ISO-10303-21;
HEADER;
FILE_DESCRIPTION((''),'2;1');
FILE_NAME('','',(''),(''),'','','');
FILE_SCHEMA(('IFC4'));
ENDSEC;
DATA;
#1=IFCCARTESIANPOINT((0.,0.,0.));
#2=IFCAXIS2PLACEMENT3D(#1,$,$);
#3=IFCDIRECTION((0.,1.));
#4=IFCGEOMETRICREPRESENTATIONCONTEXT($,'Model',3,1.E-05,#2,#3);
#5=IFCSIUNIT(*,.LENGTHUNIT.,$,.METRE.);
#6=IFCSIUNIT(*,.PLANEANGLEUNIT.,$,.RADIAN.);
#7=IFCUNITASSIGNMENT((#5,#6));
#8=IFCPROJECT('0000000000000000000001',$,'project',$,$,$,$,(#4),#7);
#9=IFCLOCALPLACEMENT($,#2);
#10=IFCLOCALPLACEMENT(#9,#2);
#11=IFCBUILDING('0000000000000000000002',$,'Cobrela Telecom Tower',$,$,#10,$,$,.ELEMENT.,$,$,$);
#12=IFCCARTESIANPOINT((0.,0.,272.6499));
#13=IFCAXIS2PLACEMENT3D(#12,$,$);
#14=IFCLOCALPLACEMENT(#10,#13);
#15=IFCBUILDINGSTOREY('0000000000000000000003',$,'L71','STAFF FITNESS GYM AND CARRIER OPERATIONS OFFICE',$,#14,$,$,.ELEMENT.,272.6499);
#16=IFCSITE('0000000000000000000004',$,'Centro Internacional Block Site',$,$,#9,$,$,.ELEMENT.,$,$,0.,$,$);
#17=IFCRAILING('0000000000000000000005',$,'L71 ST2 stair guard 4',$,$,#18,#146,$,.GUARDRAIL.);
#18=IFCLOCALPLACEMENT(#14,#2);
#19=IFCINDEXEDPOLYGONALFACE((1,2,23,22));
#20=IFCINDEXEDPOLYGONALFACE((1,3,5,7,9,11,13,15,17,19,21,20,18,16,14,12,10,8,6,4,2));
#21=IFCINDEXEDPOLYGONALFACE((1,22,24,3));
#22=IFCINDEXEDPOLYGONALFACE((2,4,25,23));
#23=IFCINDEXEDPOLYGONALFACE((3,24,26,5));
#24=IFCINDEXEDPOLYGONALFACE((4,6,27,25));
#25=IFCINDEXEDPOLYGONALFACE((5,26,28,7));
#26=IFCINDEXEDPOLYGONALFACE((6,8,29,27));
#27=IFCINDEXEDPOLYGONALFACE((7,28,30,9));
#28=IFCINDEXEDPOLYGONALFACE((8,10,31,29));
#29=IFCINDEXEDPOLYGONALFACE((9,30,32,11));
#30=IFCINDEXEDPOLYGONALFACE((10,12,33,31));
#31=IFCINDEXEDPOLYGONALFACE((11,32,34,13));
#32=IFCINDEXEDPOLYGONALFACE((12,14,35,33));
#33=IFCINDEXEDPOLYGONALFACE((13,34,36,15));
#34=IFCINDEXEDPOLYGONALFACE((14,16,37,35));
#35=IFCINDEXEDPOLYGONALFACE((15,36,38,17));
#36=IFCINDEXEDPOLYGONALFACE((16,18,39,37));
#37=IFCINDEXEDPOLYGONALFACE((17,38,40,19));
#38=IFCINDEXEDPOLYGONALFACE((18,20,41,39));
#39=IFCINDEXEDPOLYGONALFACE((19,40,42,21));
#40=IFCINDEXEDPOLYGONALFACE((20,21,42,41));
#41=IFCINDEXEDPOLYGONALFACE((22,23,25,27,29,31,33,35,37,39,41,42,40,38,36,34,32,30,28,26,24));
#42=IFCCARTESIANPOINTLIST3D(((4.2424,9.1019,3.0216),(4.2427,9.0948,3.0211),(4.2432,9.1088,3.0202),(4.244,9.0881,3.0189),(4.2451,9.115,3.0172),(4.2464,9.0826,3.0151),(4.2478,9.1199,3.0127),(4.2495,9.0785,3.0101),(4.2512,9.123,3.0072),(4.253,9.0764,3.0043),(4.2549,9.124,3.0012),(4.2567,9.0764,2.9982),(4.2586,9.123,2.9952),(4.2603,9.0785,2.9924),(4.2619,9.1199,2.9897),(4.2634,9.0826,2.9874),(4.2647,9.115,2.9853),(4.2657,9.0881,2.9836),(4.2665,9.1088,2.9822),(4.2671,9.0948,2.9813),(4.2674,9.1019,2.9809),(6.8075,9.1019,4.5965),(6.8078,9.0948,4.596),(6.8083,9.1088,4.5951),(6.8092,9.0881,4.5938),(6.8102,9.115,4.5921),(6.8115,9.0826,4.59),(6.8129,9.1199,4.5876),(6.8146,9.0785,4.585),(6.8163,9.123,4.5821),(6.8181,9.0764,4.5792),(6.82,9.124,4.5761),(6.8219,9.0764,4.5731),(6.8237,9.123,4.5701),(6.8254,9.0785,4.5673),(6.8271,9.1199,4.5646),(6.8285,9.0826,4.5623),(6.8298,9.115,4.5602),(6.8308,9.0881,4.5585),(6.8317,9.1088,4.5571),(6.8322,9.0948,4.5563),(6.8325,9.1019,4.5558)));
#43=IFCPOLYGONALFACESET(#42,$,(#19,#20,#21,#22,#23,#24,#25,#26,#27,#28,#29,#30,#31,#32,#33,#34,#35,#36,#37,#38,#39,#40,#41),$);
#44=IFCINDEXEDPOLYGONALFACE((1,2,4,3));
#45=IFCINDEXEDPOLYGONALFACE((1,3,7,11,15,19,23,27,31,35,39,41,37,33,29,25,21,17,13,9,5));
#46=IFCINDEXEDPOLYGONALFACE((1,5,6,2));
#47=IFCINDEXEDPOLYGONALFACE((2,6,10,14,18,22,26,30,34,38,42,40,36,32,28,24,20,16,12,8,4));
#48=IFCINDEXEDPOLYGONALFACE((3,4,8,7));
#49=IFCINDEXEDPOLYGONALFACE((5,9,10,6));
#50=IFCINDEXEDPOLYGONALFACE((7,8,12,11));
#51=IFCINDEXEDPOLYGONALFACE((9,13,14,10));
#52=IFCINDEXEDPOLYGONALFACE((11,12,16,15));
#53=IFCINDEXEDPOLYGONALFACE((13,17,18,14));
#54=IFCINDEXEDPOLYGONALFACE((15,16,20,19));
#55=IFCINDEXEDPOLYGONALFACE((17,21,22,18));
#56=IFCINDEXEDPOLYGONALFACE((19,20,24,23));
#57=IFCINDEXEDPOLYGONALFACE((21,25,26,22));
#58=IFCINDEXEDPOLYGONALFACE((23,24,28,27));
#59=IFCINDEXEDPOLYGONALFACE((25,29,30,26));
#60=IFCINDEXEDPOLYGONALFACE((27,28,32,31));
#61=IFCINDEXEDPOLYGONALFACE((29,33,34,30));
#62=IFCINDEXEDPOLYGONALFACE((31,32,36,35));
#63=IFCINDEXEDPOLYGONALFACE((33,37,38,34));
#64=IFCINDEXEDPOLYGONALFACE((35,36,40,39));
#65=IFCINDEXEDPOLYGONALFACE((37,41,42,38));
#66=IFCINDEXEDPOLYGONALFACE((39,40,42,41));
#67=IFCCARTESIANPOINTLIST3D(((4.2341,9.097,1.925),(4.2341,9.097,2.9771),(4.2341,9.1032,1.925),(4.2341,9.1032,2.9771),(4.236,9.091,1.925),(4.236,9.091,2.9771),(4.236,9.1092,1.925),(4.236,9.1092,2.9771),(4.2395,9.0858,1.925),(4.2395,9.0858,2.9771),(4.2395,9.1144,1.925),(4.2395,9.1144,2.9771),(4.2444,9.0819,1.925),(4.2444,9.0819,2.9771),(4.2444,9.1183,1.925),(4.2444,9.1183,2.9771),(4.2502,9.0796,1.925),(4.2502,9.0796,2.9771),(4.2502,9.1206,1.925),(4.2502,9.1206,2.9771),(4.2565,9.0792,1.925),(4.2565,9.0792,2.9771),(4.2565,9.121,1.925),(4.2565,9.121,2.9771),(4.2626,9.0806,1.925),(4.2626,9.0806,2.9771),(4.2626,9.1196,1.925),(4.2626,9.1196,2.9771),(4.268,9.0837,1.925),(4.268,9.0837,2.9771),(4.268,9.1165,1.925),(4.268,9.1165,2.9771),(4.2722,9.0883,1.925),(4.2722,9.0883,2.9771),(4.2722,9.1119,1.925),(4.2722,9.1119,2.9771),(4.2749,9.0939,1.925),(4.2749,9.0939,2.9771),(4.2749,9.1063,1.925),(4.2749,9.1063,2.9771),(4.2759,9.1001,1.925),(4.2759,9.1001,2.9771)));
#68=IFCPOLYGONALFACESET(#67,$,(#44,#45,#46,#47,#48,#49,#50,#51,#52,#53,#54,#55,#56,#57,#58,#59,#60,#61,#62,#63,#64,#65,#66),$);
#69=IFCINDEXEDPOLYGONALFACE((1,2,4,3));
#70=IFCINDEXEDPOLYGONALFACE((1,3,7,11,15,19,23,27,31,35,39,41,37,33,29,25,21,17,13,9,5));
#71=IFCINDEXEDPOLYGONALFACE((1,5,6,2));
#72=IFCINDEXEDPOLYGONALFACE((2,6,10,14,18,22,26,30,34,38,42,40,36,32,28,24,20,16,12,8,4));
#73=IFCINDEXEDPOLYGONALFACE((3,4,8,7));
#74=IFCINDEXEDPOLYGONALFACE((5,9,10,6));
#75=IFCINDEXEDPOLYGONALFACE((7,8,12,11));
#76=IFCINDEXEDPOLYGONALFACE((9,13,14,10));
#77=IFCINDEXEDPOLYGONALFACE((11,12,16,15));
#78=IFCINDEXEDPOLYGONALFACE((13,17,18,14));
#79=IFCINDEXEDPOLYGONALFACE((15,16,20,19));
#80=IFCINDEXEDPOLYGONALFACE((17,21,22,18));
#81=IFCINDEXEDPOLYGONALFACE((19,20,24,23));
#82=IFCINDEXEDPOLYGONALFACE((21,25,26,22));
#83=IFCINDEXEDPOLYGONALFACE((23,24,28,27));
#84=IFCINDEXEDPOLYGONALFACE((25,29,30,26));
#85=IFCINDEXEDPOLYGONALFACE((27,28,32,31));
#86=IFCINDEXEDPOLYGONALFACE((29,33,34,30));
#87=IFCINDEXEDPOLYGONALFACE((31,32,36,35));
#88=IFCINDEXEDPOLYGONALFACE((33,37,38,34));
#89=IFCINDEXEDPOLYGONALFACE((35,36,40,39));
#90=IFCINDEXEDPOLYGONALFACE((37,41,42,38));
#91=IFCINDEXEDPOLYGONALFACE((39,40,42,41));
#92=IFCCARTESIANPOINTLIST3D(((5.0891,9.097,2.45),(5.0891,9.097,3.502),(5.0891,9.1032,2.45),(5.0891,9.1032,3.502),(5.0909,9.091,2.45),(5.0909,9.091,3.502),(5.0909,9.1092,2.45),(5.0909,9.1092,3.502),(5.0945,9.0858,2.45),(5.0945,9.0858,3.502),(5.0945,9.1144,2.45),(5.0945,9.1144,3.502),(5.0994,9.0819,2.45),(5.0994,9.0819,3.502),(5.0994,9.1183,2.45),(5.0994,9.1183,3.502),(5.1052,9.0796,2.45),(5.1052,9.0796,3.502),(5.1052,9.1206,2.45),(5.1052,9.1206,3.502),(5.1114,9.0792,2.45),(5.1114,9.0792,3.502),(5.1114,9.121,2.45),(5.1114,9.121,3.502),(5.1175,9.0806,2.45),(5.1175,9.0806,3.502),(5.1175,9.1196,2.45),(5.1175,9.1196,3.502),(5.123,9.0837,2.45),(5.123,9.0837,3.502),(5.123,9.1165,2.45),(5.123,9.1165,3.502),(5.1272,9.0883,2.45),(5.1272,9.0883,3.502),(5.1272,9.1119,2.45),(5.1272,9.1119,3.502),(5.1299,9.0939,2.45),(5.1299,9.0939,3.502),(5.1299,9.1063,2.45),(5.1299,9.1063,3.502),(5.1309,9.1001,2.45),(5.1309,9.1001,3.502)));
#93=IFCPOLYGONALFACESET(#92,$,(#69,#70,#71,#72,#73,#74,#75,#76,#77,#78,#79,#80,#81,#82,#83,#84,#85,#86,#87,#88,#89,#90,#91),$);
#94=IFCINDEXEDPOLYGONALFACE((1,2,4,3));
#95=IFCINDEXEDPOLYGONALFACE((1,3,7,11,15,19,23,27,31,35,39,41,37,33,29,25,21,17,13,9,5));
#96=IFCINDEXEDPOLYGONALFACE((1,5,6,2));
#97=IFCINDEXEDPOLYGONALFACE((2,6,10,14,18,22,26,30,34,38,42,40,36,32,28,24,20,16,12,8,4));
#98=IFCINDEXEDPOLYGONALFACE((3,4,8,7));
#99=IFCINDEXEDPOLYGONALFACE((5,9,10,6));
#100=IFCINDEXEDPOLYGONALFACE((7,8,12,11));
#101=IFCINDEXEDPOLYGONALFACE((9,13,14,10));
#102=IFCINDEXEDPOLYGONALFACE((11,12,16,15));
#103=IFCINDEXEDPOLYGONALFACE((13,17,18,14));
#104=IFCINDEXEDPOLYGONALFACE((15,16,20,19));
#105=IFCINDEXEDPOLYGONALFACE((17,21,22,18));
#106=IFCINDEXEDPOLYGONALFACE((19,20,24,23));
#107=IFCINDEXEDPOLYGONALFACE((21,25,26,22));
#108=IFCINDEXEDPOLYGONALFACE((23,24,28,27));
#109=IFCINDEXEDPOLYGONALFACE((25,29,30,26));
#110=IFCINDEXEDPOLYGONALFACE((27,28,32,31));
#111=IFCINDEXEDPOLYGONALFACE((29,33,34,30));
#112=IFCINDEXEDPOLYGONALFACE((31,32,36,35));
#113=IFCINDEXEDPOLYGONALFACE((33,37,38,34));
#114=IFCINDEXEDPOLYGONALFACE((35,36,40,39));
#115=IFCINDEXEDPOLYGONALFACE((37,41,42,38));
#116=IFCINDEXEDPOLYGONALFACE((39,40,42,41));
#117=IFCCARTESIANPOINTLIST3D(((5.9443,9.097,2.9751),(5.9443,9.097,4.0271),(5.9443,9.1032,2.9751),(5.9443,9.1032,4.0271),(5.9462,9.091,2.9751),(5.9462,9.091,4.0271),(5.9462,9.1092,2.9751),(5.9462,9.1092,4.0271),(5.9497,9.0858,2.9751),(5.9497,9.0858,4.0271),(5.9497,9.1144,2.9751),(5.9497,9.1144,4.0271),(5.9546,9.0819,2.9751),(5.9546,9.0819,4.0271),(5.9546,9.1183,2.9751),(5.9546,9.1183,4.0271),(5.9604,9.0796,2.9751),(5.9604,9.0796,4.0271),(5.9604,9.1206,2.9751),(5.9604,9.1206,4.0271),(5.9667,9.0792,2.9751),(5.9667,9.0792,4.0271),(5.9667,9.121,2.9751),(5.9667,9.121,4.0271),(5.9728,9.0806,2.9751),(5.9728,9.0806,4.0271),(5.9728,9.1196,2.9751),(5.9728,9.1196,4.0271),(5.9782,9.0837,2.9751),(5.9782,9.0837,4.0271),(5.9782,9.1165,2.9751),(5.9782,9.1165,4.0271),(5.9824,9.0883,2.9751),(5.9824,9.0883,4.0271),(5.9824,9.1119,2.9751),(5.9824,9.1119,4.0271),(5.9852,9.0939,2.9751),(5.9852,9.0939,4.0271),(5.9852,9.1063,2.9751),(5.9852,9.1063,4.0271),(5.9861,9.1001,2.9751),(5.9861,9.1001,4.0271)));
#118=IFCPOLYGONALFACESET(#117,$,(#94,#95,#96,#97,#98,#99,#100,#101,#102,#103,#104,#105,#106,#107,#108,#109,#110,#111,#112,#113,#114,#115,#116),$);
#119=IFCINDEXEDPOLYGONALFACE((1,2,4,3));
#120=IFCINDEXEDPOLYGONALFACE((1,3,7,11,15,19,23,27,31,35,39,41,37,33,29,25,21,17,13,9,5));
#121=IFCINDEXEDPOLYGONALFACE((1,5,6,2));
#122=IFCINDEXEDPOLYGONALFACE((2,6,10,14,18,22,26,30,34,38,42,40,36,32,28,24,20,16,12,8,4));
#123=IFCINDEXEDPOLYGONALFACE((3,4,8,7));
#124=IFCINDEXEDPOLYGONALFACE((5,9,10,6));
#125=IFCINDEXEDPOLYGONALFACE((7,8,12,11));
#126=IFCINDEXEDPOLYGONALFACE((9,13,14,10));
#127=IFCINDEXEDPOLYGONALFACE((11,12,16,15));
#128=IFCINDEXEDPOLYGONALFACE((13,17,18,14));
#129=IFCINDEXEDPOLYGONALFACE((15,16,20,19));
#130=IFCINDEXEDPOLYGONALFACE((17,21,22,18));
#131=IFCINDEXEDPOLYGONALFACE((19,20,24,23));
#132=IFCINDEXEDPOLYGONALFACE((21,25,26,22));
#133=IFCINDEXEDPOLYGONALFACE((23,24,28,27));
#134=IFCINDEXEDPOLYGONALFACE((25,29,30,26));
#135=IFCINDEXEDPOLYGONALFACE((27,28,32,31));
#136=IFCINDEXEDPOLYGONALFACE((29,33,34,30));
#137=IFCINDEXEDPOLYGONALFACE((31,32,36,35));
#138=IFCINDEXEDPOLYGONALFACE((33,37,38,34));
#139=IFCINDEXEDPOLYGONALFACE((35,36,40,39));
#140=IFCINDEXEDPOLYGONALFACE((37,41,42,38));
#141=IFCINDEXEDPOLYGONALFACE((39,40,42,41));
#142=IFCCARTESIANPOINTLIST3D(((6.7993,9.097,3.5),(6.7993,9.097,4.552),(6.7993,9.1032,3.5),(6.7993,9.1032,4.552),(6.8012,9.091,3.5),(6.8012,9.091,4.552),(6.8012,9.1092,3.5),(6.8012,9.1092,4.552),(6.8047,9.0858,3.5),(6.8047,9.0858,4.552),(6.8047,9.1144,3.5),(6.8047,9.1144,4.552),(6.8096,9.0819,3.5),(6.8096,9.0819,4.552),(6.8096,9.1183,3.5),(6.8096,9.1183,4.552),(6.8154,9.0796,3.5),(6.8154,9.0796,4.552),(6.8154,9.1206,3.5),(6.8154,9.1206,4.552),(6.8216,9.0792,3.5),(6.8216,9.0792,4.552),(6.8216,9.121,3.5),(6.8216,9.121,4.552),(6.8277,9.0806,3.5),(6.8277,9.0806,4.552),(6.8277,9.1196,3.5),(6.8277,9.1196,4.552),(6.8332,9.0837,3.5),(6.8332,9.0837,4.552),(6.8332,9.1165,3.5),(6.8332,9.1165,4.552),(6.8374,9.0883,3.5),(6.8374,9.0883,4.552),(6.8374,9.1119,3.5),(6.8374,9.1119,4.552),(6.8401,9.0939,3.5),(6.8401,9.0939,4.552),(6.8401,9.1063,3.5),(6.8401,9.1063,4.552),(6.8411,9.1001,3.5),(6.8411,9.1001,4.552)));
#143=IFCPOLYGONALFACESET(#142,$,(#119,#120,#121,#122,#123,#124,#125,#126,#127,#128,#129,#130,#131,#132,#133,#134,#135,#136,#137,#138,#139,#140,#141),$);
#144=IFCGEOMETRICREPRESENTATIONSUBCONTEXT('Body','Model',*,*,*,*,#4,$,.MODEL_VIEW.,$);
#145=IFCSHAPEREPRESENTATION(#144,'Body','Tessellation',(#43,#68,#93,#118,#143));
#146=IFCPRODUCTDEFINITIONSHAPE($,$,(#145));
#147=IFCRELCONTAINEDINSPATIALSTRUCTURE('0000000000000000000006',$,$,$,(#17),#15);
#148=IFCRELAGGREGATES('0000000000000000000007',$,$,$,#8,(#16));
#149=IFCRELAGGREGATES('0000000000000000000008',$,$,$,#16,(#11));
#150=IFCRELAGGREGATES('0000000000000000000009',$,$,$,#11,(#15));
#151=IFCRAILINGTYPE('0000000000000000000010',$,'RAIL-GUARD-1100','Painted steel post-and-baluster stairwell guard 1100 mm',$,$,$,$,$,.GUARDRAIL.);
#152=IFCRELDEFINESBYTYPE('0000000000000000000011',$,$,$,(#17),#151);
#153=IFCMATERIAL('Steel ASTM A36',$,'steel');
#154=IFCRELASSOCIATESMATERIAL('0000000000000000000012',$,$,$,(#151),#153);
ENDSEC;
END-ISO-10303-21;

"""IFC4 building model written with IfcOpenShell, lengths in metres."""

from ifc_helpers import new_model, si_unit, direction, frame, origin, origin_2d, place, context, subcontext, project, spatial, circle, extrude, material, type_object, element, save


model = new_model("IFC4")

# Units and contexts
model_context = context("Model", 3, precision=1e-05, world=origin(), true_north=direction((0.0, 1.0)))
body_context = subcontext(model_context, "Body", "Model", "MODEL_VIEW")
ifc_project = project(units=[si_unit("LENGTHUNIT", "METRE"), si_unit("PLANEANGLEUNIT", "RADIAN")], contexts=[model_context])

# Site, building, storey
site_placement = place(None, origin())
site = spatial("IfcSite", under=ifc_project, at=site_placement, Name="Centro Internacional Block Site", CompositionType="ELEMENT", RefElevation=0.0)
building_placement = place(site_placement, origin())
building = spatial("IfcBuilding", under=site, at=building_placement, Name="Cobrela Telecom Tower", CompositionType="ELEMENT")
storey_placement = place(building_placement, frame((0.0, 0.0, 272.6499)))
storey = spatial("IfcBuildingStorey", under=building, at=storey_placement, Name="L71", Description="STAFF FITNESS GYM AND CARRIER OPERATIONS OFFICE", CompositionType="ELEMENT", Elevation=272.6499)

# Shared definitions
ifc_material_1 = material(Name="Steel ASTM A36", Category="steel")

# Railing
railing_type = type_object("IfcRailingType", Name="RAIL-GUARD-1100", Description="Painted steel post-and-baluster stairwell guard 1100 mm", PredefinedType="GUARDRAIL", material=ifc_material_1)
railing_placement = place(storey_placement, frame((4.2549, 9.1001, 1.925)))
element("IfcRailing", 1, at=railing_placement, inside=storey, type_object=railing_type, Name="L71 ST2 stair guard 4", PredefinedType="GUARDRAIL", context=body_context, shape_type="SweptSolid", body=[
    extrude(circle(Radius=0.0239, at=origin_2d()), frame((0.0, 0.0, 1.0762), z_axis=(0.852195, 0.0, 0.523224), x_axis=(0.0, 1.0, 0.0)), (0.0, 0.0, 1.0), 3.01),
    extrude(circle(Radius=0.021, at=origin_2d()), origin(), (0.0, 0.0, 1.0), 1.052),
    extrude(circle(Radius=0.021, at=origin_2d()), frame((0.855, 0.0, 0.5249)), (0.0, 0.0, 1.0), 1.052),
    extrude(circle(Radius=0.021, at=origin_2d()), frame((1.7102, 0.0, 1.05)), (0.0, 0.0, 1.0), 1.052),
    extrude(circle(Radius=0.021, at=origin_2d()), frame((2.5652, 0.0, 1.575)), (0.0, 0.0, 1.0), 1.052),
])

save(model, "model.ifc")
